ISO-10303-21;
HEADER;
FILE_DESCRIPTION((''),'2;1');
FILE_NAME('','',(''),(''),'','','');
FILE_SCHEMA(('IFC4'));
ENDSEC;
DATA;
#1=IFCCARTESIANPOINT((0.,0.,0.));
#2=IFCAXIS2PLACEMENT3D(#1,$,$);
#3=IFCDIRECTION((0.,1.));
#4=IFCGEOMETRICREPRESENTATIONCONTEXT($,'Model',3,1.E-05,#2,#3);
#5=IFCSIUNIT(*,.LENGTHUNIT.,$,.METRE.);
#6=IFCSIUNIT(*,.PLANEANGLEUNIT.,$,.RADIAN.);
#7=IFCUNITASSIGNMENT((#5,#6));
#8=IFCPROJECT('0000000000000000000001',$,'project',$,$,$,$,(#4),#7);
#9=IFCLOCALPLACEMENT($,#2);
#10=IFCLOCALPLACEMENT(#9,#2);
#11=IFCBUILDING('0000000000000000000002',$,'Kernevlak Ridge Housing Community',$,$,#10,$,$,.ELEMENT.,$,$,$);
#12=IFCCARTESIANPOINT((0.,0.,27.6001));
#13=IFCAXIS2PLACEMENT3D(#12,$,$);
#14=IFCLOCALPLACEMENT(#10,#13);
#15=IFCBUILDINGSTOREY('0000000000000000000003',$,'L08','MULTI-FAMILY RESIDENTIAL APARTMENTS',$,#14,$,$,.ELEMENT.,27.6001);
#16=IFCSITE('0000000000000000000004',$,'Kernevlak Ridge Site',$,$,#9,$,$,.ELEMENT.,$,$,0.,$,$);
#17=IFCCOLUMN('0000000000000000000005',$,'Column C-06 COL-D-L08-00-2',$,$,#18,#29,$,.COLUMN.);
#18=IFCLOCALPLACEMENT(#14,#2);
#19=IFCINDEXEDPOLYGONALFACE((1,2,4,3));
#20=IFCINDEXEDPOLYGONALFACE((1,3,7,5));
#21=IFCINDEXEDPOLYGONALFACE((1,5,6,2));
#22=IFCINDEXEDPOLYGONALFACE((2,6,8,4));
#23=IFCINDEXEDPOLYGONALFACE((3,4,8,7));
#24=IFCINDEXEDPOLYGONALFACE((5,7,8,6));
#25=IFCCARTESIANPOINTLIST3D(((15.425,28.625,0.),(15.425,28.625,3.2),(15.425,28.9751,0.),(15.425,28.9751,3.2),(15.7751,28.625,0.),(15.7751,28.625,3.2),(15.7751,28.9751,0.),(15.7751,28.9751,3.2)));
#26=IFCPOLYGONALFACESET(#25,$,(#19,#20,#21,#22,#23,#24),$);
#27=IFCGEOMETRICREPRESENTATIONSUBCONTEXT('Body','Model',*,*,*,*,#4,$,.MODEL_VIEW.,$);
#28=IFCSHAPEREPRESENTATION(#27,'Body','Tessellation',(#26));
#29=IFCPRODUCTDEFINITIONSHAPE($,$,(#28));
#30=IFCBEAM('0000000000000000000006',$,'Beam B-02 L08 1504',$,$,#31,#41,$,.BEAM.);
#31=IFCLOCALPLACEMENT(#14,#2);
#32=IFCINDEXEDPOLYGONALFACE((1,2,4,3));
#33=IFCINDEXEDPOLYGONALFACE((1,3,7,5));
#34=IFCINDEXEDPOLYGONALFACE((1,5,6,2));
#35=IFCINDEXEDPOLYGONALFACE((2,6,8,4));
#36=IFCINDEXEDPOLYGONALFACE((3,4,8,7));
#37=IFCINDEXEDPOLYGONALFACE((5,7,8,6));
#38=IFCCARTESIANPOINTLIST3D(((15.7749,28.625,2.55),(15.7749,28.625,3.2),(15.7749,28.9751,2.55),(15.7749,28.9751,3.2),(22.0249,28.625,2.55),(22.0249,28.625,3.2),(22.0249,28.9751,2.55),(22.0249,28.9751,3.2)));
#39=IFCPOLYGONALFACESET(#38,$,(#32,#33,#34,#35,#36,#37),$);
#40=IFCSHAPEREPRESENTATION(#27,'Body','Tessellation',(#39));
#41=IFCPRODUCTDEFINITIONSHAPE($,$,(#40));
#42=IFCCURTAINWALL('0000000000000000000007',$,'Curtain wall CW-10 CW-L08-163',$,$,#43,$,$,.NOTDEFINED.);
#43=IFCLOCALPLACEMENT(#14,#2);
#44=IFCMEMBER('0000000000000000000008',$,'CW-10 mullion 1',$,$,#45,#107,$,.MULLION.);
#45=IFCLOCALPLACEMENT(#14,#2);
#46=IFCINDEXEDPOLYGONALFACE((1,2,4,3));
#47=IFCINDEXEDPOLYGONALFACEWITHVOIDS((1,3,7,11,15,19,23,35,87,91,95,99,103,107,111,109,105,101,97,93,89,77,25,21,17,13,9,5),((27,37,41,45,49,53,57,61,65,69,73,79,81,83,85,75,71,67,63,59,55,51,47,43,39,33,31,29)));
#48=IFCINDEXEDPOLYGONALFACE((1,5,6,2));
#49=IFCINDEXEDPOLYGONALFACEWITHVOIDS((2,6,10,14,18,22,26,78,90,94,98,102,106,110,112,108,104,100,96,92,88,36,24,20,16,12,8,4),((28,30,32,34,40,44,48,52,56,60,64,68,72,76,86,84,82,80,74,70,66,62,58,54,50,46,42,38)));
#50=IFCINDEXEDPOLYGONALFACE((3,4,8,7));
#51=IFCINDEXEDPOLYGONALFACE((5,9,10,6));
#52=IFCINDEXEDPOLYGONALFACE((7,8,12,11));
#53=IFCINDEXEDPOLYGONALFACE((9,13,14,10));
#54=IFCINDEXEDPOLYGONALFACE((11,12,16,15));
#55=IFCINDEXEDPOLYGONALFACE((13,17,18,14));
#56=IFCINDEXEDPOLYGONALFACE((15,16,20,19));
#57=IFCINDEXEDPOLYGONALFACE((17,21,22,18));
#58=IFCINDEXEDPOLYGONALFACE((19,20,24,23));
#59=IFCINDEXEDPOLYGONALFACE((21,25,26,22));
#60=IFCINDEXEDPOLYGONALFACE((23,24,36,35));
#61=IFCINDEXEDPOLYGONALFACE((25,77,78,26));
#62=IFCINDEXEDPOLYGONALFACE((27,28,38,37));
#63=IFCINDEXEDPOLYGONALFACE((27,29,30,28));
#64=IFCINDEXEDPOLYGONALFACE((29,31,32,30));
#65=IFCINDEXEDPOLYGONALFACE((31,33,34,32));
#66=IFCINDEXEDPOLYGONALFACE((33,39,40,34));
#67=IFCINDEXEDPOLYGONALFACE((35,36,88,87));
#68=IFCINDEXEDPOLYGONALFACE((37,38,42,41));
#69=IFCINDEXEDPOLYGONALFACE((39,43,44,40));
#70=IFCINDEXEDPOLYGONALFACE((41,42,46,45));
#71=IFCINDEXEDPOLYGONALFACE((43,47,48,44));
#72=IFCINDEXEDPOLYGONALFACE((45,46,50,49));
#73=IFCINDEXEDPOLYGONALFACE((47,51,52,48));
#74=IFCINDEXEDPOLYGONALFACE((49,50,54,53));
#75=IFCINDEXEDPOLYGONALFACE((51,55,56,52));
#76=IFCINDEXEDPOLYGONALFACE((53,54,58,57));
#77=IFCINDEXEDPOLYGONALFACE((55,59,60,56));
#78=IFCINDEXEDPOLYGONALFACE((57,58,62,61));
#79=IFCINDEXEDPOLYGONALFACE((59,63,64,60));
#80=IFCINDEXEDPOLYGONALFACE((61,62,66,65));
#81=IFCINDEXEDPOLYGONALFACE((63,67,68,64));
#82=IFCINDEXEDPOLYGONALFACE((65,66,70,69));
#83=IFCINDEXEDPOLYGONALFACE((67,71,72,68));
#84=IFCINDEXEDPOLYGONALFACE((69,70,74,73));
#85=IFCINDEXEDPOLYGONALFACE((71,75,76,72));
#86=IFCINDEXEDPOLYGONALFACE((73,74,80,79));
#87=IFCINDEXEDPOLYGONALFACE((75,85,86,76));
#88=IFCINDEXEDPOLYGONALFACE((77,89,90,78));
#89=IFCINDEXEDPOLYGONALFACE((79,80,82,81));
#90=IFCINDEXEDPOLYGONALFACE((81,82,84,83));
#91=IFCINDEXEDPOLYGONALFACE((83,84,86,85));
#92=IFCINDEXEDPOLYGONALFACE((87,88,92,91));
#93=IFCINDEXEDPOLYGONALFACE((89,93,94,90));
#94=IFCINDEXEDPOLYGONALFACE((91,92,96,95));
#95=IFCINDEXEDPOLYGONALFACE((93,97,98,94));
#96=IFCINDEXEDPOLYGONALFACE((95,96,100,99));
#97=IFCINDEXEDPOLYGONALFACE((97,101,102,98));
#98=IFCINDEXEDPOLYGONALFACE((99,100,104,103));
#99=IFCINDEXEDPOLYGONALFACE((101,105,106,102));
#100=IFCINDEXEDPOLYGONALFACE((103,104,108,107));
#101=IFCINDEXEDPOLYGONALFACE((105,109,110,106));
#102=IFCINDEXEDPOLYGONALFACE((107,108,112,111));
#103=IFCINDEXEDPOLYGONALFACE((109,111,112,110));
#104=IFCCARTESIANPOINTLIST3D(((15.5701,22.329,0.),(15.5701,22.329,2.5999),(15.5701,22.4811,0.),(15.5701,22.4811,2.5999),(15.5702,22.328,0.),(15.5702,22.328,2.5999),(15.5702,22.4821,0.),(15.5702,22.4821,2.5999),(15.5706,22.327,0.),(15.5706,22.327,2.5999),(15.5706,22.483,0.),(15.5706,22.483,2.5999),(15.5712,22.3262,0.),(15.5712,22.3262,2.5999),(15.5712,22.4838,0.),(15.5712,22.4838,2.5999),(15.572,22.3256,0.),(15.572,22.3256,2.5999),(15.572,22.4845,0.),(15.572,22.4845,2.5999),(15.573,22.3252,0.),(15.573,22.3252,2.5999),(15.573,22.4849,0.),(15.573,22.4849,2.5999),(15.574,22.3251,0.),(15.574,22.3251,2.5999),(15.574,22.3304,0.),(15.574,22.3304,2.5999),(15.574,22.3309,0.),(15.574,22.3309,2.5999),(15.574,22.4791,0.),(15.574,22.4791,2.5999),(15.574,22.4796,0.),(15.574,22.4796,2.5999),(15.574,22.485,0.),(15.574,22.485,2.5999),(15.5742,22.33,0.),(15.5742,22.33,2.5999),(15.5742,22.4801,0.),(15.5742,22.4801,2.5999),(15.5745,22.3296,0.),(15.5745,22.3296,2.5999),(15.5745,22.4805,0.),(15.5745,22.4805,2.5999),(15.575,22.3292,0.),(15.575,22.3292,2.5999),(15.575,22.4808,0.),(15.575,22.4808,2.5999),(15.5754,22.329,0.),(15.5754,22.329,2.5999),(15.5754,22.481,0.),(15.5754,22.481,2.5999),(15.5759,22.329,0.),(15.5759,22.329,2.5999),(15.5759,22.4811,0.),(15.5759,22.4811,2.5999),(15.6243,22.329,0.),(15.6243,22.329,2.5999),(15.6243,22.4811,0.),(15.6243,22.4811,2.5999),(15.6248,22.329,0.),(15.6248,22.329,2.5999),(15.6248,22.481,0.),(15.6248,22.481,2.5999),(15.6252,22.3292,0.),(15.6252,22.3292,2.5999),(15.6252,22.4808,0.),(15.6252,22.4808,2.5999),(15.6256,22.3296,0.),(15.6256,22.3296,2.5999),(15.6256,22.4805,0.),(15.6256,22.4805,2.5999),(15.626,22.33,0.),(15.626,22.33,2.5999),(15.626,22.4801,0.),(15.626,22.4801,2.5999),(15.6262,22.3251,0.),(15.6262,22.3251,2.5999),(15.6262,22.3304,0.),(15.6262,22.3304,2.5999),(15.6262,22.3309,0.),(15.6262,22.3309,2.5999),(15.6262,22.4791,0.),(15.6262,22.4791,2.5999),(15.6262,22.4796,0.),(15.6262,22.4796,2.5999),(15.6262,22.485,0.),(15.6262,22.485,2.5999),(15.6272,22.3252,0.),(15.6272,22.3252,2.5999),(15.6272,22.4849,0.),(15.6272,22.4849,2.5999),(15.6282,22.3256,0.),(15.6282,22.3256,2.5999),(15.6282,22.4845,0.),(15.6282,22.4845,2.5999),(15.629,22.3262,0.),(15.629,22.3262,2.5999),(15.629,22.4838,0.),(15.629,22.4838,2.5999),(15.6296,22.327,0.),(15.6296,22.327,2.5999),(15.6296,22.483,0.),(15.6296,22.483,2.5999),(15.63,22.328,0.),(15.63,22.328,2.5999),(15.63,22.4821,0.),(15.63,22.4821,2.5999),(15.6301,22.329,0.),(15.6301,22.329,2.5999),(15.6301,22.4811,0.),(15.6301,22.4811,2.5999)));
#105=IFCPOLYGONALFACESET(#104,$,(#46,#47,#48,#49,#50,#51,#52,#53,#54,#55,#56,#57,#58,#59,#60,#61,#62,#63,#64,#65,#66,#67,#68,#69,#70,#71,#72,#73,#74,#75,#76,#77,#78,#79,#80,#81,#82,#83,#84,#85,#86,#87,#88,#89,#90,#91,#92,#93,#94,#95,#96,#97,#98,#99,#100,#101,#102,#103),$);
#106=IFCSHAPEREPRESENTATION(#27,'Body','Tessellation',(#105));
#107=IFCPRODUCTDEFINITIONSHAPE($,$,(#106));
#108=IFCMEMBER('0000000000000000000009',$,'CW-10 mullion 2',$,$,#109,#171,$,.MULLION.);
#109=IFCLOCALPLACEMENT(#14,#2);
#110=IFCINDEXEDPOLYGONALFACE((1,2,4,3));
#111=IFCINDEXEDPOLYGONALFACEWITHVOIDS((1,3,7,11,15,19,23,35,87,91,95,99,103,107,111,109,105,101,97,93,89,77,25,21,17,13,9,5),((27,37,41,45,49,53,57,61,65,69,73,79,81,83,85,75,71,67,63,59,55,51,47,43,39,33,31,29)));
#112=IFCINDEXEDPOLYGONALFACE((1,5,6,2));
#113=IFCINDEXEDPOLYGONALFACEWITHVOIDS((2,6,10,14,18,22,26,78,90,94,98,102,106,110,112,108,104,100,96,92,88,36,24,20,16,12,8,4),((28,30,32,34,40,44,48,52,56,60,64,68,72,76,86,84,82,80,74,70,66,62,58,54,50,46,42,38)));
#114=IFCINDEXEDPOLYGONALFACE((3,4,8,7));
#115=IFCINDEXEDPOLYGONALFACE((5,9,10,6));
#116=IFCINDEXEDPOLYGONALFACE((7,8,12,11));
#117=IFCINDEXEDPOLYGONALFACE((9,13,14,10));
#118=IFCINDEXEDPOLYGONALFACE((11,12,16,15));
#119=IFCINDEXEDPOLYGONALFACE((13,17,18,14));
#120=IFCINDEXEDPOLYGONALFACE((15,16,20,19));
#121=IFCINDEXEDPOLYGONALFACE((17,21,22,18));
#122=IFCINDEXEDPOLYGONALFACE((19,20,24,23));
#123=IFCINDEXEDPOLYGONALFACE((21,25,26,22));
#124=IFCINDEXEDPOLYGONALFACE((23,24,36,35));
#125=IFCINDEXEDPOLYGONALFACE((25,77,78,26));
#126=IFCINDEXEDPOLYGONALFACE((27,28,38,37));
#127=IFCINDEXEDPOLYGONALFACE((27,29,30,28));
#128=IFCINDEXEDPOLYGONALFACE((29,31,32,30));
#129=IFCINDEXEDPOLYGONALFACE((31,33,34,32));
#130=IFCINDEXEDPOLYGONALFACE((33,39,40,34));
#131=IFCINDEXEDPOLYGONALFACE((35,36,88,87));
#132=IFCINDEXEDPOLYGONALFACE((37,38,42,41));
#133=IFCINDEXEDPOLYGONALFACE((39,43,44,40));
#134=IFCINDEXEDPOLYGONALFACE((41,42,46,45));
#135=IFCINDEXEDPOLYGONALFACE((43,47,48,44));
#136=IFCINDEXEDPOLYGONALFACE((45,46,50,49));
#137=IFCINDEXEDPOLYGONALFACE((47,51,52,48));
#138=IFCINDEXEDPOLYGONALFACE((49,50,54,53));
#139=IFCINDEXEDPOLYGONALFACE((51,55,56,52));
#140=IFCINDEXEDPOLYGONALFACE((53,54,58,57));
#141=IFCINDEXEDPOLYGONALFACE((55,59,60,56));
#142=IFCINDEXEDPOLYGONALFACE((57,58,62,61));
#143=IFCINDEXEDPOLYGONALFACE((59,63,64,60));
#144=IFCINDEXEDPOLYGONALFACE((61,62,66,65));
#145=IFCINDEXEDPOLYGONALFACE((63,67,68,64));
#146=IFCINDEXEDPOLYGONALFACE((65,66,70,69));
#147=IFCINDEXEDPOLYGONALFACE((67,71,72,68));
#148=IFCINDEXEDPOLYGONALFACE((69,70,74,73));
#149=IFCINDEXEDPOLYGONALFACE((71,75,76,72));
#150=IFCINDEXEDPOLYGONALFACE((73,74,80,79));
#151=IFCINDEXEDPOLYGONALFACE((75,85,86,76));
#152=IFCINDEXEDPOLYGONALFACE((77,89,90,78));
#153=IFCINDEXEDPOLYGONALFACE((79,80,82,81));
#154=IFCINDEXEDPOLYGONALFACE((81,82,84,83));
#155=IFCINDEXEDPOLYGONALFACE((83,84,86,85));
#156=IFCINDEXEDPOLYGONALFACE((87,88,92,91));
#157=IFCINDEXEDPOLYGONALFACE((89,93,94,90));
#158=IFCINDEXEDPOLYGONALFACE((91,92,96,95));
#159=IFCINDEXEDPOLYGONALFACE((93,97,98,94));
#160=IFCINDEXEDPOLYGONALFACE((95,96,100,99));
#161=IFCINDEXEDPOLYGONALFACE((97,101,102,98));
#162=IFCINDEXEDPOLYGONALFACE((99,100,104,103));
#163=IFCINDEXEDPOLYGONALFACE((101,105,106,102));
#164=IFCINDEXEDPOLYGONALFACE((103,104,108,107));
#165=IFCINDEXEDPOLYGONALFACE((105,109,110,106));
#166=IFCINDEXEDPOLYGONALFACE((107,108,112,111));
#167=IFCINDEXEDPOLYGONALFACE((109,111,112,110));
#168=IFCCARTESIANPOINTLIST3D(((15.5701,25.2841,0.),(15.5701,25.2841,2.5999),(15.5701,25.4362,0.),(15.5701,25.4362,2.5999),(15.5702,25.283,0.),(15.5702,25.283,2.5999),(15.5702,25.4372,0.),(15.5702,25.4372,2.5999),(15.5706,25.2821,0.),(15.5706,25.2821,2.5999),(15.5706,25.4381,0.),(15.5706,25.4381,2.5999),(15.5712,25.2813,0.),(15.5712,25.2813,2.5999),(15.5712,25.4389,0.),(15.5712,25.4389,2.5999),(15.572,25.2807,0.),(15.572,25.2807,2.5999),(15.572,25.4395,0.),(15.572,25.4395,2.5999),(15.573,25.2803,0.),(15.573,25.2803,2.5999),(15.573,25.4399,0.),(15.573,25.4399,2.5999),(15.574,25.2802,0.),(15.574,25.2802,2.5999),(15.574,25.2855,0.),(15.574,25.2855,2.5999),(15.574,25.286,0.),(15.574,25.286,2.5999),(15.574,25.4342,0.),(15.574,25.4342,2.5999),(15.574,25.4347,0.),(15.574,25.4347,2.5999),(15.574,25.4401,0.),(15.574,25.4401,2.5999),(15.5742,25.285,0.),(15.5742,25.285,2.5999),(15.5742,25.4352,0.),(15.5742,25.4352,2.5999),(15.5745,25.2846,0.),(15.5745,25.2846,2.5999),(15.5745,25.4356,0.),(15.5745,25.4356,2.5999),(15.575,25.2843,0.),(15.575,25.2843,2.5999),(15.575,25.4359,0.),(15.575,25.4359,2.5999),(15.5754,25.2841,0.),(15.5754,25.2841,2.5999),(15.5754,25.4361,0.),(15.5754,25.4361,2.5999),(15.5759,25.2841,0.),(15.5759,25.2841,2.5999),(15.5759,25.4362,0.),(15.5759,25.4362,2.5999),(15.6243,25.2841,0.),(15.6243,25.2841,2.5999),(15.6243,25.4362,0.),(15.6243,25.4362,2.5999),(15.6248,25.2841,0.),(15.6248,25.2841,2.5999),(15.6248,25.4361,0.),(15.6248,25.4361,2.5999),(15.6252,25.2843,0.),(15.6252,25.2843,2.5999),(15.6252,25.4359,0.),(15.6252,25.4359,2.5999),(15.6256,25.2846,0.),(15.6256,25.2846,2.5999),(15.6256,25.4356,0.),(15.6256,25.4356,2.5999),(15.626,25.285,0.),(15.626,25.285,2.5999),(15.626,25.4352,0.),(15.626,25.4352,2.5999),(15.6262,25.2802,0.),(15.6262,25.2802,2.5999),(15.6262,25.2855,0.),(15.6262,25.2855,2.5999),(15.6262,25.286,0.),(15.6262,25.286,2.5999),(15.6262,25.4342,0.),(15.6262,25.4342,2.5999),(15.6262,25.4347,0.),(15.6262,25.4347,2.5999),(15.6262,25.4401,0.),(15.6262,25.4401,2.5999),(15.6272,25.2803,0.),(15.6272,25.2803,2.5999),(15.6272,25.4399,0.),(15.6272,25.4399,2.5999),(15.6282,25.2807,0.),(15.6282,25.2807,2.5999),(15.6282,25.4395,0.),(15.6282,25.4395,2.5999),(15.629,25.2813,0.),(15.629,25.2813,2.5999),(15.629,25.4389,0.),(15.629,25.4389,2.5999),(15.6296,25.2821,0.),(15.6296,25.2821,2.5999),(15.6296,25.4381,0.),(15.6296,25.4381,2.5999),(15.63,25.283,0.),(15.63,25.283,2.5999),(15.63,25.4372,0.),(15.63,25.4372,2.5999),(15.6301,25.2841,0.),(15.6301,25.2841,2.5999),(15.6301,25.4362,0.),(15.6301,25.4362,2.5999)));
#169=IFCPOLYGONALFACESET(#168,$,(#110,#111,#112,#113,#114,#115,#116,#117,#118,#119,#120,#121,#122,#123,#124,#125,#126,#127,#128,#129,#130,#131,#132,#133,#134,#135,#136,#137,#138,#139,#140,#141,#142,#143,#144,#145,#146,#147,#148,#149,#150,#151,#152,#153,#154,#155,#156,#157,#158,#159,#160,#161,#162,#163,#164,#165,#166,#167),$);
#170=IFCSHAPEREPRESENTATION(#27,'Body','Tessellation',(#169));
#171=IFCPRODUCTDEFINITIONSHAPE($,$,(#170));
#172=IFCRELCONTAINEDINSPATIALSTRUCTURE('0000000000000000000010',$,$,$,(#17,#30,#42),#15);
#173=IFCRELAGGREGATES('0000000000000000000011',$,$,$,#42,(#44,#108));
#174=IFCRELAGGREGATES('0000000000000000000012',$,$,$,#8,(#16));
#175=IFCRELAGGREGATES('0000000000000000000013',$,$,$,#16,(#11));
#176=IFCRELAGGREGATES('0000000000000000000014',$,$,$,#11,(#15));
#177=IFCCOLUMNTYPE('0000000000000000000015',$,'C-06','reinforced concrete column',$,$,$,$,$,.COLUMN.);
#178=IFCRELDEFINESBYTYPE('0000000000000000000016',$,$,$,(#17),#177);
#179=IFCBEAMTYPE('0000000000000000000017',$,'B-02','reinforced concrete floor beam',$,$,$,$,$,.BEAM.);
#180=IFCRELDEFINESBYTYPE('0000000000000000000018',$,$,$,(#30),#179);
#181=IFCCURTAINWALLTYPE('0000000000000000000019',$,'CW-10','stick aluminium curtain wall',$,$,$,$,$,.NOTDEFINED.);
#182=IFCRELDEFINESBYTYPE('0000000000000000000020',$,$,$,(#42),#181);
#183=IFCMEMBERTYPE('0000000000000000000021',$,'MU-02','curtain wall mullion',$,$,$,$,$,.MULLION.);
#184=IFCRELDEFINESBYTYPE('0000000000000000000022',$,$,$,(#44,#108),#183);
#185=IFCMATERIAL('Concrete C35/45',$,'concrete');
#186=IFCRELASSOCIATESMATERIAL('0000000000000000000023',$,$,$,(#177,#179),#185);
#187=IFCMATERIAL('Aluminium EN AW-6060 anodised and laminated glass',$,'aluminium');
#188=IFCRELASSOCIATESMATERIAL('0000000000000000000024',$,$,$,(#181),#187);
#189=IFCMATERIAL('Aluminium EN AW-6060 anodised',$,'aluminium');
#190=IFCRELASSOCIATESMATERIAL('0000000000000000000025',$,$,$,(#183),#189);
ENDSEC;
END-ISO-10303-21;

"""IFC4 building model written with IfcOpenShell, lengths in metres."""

from ifc_helpers import new_model, si_unit, direction, frame, origin, origin_2d, place, context, subcontext, project, spatial, rectangle, hollow_rectangle, extrude, material, material_profile, profile_set, type_object, element, aggregate, save


model = new_model("IFC4")

# Units and contexts
model_context = context("Model", 3, precision=1e-05, world=origin(), true_north=direction((0.0, 1.0)))
body_context = subcontext(model_context, "Body", "Model", "MODEL_VIEW")
ifc_project = project(units=[si_unit("LENGTHUNIT", "METRE"), si_unit("PLANEANGLEUNIT", "RADIAN")], contexts=[model_context])

# Site, building, storey
site_placement = place(None, origin())
site = spatial("IfcSite", under=ifc_project, at=site_placement, Name="Kernevlak Ridge Site", CompositionType="ELEMENT", RefElevation=0.0)
building_placement = place(site_placement, origin())
building = spatial("IfcBuilding", under=site, at=building_placement, Name="Kernevlak Ridge Housing Community", CompositionType="ELEMENT")
storey_placement = place(building_placement, frame((0.0, 0.0, 27.6001)))
storey = spatial("IfcBuildingStorey", under=building, at=storey_placement, Name="L08", Description="MULTI-FAMILY RESIDENTIAL APARTMENTS", CompositionType="ELEMENT", Elevation=27.6001)

# Column
ifc_material_1 = material(Name="Concrete C35/45", Category="concrete")
ifc_material_profile_1 = material_profile(ifc_material_1, rectangle(XDim=0.3501, YDim=0.3501, at=origin_2d()), Name="RC 350x350")
ifc_profile_set_1 = profile_set([ifc_material_profile_1], Name="Concrete C35/45")
column_type = type_object("IfcColumnType", Name="C-06", Description="reinforced concrete column", PredefinedType="COLUMN", material=ifc_profile_set_1)
column_placement = place(storey_placement, frame((15.6001, 28.8, 0.0), z_axis=(0.0, 0.0, 1.0), x_axis=(1.0, 0.0, 0.0)))
element("IfcColumn", 1, at=column_placement, inside=storey, type_object=column_type, Name="Column C-06 COL-D-L08-00-2", PredefinedType="COLUMN", context=body_context, shape_type="SweptSolid", body=[
    extrude(rectangle(XDim=0.3501, YDim=0.3501, at=origin_2d()), origin(), (0.0, 0.0, 1.0), 3.2),
])

# Beam
ifc_material_profile_2 = material_profile(ifc_material_1, rectangle(XDim=0.3501, YDim=0.6499, at=origin_2d()), Name="RC 350x650")
ifc_profile_set_2 = profile_set([ifc_material_profile_2], Name="Concrete C35/45")
beam_type_1 = type_object("IfcBeamType", Name="B-02", Description="reinforced concrete floor beam", PredefinedType="BEAM", material=ifc_profile_set_2)
beam_placement = place(storey_placement, frame((15.7749, 28.8, 2.875), z_axis=(1.0, 0.0, 0.0), x_axis=(0.0, 1.0, 0.0)))
element("IfcBeam", 2, at=beam_placement, inside=storey, type_object=beam_type_1, Name="Beam B-02 L08 1504", PredefinedType="BEAM", context=body_context, shape_type="SweptSolid", body=[
    extrude(rectangle(XDim=0.3501, YDim=0.6499, at=origin_2d()), origin(), (0.0, 0.0, 1.0), 6.25),
])

# Curtain wall, members
ifc_material_2 = material(Name="Aluminium EN AW-6060 anodised and laminated glass", Category="aluminium")
curtain_wall_type_1 = type_object("IfcCurtainWallType", Name="CW-10", Description="stick aluminium curtain wall", PredefinedType="NOTDEFINED", material=ifc_material_2)
curtain_wall_1_placement = place(storey_placement, origin())
curtain_wall_1 = element("IfcCurtainWall", 3, at=curtain_wall_1_placement, inside=storey, type_object=curtain_wall_type_1, Name="Curtain wall CW-10 CW-L08-163", PredefinedType="NOTDEFINED")
ifc_material_3 = material(Name="Aluminium EN AW-6060 anodised", Category="aluminium")
ifc_material_profile_3 = material_profile(ifc_material_3, hollow_rectangle(XDim=0.0601, YDim=0.1599, WallThickness=0.0039, InnerFilletRadius=0.002, OuterFilletRadius=0.0039, at=origin_2d()), Name="ALU 60x160x4")
ifc_profile_set_3 = profile_set([ifc_material_profile_3], Name="Aluminium EN AW-6060 anodised")
member_type_1 = type_object("IfcMemberType", Name="MU-02", Description="curtain wall mullion", PredefinedType="MULLION", material=ifc_profile_set_3)
member_1_placement = place(storey_placement, frame((15.6001, 22.405, 0.0), z_axis=(0.0, 0.0, 1.0), x_axis=(-1.0, 0.0, 0.0)))
member_1 = element("IfcMember", 4, at=member_1_placement, type_object=member_type_1, Name="CW-10 mullion 1", PredefinedType="MULLION", context=body_context, shape_type="SweptSolid", body=[
    extrude(hollow_rectangle(XDim=0.0601, YDim=0.1599, WallThickness=0.0039, InnerFilletRadius=0.002, OuterFilletRadius=0.0039, at=origin_2d()), origin(), (0.0, 0.0, 1.0), 2.5999),
])
member_2_placement = place(storey_placement, frame((15.6001, 25.3601, 0.0), z_axis=(0.0, 0.0, 1.0), x_axis=(-1.0, 0.0, 0.0)))
member_2 = element("IfcMember", 5, at=member_2_placement, type_object=member_type_1, Name="CW-10 mullion 2", PredefinedType="MULLION", context=body_context, shape_type="SweptSolid", body=[
    extrude(hollow_rectangle(XDim=0.0601, YDim=0.1599, WallThickness=0.0039, InnerFilletRadius=0.002, OuterFilletRadius=0.0039, at=origin_2d()), origin(), (0.0, 0.0, 1.0), 2.5999),
])

aggregate(curtain_wall_1, [member_1, member_2])

save(model, "model.ifc")
